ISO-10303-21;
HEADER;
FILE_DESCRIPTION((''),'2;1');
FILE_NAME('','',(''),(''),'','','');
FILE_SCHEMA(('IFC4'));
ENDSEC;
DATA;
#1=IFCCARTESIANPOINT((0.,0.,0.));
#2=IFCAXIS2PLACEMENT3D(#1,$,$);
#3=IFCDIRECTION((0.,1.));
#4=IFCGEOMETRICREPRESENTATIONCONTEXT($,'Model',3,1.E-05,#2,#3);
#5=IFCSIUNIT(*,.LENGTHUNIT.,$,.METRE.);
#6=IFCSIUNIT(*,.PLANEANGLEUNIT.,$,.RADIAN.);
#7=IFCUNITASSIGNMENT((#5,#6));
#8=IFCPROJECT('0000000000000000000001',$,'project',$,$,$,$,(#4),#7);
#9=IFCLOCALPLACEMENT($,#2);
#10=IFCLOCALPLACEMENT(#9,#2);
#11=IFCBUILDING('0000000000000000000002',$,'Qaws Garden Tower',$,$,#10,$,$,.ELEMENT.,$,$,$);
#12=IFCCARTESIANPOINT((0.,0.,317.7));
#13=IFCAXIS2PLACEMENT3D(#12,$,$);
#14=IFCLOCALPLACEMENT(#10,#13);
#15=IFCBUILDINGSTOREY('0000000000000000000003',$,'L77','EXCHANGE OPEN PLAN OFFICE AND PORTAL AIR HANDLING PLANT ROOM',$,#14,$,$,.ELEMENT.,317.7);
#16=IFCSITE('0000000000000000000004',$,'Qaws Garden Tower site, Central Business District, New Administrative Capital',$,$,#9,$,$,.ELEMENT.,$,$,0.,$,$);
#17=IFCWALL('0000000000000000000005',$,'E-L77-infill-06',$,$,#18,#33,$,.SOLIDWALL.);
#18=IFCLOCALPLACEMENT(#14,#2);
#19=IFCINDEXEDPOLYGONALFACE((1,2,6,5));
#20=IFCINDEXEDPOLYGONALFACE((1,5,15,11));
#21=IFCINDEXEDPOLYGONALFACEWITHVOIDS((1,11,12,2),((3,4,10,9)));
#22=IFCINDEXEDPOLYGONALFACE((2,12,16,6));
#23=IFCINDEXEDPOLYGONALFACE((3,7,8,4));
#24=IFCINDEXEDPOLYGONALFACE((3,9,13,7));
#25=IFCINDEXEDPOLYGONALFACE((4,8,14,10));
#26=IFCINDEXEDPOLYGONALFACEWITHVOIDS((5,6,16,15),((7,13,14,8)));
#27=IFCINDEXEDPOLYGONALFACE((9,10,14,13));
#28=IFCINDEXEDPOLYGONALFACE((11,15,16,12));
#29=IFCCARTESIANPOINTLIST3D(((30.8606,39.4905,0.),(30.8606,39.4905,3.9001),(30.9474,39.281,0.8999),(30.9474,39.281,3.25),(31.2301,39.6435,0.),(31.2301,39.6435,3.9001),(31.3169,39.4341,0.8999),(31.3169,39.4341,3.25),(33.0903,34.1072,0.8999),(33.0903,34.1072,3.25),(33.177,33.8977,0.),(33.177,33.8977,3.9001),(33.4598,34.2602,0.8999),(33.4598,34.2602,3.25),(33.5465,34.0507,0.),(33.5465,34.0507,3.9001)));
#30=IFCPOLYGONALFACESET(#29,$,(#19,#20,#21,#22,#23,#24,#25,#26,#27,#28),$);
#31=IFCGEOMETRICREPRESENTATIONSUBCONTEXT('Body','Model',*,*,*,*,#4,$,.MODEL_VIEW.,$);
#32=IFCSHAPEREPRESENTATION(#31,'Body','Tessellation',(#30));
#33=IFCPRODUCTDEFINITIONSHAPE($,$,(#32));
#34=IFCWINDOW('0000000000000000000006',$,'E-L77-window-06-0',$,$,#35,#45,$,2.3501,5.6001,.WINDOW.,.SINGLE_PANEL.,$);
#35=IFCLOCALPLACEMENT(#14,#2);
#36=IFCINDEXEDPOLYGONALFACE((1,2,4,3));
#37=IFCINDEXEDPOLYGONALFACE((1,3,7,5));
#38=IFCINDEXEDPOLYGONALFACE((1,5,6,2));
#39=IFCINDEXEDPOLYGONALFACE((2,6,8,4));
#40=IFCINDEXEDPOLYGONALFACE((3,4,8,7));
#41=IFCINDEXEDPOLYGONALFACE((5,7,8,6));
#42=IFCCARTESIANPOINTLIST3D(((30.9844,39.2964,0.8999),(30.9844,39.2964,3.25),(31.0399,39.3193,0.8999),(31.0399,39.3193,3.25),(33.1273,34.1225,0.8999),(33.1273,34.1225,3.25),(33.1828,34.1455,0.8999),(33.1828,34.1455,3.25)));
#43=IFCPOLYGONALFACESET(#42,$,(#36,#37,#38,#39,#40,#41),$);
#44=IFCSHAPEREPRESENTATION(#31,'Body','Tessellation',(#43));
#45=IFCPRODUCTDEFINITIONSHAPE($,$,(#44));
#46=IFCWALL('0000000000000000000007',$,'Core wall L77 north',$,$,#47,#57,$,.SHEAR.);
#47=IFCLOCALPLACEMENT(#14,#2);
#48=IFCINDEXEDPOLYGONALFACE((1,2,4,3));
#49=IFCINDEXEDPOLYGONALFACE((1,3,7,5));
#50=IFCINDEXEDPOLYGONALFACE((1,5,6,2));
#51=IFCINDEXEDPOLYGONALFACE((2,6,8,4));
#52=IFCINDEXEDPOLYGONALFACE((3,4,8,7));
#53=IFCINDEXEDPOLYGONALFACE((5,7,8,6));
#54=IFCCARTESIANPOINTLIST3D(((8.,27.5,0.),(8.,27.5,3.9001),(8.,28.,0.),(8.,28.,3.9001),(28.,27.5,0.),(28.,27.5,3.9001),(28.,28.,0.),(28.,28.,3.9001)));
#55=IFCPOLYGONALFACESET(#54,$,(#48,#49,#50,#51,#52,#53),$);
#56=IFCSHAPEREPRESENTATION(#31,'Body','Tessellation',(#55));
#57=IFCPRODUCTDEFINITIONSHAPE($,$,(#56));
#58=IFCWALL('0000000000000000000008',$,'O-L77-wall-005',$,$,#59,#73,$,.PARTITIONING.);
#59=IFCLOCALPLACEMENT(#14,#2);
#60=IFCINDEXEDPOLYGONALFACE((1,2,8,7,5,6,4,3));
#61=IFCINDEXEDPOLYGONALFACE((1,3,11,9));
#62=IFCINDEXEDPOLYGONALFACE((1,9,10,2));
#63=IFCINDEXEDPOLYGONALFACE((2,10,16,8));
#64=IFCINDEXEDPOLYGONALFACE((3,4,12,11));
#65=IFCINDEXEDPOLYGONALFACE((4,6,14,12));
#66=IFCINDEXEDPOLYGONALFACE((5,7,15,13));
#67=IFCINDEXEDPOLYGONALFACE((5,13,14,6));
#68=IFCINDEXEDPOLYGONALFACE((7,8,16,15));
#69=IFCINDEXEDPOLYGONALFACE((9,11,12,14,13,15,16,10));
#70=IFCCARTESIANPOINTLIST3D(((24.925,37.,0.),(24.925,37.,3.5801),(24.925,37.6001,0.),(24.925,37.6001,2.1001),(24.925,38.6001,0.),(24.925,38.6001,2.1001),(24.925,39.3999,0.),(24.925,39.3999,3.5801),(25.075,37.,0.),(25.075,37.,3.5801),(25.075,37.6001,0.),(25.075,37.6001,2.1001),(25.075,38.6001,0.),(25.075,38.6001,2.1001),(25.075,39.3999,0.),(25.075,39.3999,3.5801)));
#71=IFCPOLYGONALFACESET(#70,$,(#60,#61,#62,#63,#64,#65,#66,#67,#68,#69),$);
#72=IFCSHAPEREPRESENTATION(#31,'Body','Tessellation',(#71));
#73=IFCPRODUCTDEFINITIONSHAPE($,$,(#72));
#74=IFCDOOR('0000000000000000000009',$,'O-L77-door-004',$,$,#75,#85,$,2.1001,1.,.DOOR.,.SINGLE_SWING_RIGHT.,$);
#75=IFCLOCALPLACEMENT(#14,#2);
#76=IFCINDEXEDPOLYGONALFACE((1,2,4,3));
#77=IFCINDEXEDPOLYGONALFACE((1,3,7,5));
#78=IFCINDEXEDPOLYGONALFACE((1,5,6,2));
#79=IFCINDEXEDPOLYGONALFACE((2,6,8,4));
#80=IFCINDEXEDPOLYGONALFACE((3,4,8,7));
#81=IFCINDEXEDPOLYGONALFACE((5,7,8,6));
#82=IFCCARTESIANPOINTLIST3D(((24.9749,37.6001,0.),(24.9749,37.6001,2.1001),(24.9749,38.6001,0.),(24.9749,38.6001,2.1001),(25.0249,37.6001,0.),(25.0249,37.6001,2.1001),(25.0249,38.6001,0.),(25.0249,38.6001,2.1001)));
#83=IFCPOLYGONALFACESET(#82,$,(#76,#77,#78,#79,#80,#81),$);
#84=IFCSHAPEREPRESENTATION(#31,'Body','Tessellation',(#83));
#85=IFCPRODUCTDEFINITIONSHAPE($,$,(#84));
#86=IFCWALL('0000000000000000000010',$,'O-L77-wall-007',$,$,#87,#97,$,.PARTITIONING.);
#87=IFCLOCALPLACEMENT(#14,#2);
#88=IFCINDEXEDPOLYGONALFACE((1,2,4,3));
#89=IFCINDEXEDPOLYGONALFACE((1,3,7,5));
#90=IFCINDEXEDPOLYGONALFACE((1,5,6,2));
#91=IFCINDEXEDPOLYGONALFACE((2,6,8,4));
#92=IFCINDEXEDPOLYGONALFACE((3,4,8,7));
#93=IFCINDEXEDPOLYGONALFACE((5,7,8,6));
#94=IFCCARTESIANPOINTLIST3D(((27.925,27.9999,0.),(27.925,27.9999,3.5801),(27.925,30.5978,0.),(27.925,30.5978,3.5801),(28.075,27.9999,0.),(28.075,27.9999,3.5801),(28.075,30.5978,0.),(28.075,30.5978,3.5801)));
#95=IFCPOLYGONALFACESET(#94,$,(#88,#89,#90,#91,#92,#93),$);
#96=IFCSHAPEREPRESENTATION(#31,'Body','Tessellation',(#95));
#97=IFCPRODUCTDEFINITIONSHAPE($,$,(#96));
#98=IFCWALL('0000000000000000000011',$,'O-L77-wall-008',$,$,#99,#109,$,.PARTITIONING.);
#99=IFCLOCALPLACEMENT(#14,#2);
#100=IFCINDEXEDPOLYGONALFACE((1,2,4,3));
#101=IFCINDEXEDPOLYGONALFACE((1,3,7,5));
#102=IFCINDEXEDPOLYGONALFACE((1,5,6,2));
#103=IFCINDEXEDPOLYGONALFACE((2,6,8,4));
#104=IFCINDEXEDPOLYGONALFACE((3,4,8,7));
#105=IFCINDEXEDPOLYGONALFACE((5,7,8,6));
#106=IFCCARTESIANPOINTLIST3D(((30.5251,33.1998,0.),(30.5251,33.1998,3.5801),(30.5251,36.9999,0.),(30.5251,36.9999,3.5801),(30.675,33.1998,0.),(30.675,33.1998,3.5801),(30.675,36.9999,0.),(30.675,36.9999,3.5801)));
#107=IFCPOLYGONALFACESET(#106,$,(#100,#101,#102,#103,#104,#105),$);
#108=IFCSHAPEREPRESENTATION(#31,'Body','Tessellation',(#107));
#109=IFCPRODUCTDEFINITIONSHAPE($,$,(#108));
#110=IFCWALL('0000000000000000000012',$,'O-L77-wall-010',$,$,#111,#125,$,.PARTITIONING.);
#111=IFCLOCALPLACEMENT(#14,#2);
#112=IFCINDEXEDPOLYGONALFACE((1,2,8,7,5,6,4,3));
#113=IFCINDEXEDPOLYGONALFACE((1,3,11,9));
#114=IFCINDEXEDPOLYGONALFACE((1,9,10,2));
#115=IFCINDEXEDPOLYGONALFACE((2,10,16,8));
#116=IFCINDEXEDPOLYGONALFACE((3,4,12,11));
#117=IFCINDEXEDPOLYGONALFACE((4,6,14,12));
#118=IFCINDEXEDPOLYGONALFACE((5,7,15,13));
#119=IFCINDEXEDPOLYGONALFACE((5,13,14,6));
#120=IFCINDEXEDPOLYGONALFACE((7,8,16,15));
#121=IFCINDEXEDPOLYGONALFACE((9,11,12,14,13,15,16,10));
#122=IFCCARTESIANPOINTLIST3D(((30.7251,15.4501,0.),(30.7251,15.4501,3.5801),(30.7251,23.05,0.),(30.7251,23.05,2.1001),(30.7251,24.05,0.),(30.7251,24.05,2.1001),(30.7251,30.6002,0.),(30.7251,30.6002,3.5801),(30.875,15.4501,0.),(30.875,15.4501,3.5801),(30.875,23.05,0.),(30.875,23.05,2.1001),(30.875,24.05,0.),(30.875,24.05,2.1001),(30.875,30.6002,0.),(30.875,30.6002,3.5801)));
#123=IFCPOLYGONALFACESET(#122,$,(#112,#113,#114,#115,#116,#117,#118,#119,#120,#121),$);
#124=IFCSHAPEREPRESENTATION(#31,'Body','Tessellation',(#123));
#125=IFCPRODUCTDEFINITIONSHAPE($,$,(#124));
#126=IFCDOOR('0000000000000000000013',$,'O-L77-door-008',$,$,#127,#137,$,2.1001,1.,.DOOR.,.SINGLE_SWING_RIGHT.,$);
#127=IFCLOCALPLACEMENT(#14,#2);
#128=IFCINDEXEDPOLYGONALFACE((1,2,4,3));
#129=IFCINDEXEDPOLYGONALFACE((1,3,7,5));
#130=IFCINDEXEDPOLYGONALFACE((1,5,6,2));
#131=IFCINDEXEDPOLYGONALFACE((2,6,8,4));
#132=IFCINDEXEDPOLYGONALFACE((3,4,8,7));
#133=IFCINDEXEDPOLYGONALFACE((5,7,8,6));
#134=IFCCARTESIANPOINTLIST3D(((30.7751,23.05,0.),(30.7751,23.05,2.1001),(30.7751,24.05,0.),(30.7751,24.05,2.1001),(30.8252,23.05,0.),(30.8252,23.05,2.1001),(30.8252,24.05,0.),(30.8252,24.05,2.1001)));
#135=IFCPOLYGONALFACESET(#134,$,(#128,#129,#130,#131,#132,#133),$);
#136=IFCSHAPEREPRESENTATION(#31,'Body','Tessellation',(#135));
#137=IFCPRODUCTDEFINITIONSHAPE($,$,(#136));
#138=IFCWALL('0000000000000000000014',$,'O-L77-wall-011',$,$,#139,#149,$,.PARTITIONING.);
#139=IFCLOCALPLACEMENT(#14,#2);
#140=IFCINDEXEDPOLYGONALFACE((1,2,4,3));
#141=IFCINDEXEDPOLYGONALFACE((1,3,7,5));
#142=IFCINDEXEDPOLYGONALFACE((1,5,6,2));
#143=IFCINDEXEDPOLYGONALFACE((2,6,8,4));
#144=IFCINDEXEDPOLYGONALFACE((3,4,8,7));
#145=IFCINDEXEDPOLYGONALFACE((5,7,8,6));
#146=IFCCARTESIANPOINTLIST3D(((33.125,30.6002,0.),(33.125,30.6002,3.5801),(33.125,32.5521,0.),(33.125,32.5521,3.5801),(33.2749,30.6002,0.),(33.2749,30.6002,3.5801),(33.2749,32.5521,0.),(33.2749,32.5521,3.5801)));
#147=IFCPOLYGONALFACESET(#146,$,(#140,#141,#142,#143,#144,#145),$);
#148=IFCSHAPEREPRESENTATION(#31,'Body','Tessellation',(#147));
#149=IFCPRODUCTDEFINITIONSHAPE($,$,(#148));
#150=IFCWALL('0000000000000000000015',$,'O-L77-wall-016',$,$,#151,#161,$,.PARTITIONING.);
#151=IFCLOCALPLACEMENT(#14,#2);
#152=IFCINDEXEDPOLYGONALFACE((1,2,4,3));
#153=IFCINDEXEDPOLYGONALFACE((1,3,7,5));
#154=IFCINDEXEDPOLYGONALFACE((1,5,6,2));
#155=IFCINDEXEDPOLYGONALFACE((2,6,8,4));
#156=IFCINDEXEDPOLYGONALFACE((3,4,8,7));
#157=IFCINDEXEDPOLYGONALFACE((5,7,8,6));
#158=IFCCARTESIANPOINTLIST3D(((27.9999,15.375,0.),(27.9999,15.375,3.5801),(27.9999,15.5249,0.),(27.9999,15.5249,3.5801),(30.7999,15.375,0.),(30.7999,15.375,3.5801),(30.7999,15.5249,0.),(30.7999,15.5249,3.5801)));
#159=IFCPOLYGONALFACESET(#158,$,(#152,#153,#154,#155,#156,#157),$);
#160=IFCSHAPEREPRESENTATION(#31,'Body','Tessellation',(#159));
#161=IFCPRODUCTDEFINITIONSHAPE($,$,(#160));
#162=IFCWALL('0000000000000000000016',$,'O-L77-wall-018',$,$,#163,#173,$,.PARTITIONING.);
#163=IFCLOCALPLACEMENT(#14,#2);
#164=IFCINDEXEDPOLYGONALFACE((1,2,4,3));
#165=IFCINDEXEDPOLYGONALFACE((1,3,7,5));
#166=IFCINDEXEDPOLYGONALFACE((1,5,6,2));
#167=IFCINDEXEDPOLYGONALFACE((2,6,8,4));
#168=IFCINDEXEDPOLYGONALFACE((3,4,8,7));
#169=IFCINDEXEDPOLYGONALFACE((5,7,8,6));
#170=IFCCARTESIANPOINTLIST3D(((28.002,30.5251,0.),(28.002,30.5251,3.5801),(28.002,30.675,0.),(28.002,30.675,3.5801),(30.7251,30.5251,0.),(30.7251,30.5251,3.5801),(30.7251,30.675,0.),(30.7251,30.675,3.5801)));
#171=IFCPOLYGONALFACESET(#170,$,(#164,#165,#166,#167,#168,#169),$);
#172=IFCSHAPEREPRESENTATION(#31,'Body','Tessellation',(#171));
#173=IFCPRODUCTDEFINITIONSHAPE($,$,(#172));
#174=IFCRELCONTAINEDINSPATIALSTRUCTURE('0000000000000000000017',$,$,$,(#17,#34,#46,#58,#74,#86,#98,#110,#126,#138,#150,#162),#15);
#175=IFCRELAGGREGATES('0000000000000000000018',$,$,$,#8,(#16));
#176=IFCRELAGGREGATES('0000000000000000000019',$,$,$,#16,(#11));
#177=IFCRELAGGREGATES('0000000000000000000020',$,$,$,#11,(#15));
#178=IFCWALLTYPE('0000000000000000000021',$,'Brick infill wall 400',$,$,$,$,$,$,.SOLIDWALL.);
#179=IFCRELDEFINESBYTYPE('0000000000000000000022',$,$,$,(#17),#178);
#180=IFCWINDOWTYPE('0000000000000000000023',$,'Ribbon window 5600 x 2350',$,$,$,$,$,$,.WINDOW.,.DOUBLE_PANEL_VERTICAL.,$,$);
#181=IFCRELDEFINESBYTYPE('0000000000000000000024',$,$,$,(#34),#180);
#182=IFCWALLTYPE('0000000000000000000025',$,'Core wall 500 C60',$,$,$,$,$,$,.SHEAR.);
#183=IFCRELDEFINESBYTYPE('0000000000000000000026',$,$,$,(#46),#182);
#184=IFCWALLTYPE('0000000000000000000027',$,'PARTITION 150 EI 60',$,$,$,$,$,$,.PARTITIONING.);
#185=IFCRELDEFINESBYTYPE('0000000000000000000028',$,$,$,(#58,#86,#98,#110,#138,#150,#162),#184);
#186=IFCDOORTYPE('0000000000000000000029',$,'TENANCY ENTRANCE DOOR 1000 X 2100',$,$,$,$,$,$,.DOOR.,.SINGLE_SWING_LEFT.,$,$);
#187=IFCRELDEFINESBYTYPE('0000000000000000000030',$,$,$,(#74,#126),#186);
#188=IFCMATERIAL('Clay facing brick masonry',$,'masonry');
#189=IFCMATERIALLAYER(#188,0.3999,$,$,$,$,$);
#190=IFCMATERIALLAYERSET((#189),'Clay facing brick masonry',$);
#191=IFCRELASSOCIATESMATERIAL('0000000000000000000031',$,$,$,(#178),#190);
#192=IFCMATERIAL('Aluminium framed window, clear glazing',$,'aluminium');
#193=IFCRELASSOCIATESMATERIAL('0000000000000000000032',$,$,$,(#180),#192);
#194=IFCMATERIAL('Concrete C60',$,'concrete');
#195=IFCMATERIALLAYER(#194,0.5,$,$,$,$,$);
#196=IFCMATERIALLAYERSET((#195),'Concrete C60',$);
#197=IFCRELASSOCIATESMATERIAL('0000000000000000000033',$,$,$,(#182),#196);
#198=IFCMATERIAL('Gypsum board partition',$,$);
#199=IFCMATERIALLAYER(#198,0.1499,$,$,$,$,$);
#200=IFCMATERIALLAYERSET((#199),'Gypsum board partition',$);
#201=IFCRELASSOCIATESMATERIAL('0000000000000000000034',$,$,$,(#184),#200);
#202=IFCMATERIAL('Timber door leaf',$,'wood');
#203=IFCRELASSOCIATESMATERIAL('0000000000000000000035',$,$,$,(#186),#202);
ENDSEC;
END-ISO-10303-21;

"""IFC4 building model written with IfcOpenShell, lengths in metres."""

from ifc_helpers import new_model, si_unit, direction, frame, frame_2d, origin, place, context, subcontext, project, spatial, rectangle, extrude, material, layer, layer_set, type_object, element, fill, save


model = new_model("IFC4")

# Units and contexts
model_context = context("Model", 3, precision=1e-05, world=origin(), true_north=direction((0.0, 1.0)))
body_context = subcontext(model_context, "Body", "Model", "MODEL_VIEW")
ifc_project = project(units=[si_unit("LENGTHUNIT", "METRE"), si_unit("PLANEANGLEUNIT", "RADIAN")], contexts=[model_context])

# Site, building, storey
site_placement = place(None, origin())
site = spatial("IfcSite", under=ifc_project, at=site_placement, Name="Qaws Garden Tower site, Central Business District, New Administrative Capital", CompositionType="ELEMENT", RefElevation=0.0)
building_placement = place(site_placement, origin())
building = spatial("IfcBuilding", under=site, at=building_placement, Name="Qaws Garden Tower", CompositionType="ELEMENT")
storey_placement = place(building_placement, frame((0.0, 0.0, 317.7)))
storey = spatial("IfcBuildingStorey", under=building, at=storey_placement, Name="L77", Description="EXCHANGE OPEN PLAN OFFICE AND PORTAL AIR HANDLING PLANT ROOM", CompositionType="ELEMENT", Elevation=317.7)

# Wall, opening, window
ifc_material_1 = material(Name="Clay facing brick masonry", Category="masonry")
ifc_layer_1 = layer(ifc_material_1, 0.3999)
ifc_layer_set_1 = layer_set([ifc_layer_1], Name="Clay facing brick masonry")
wall_type_1 = type_object("IfcWallType", Name="Brick infill wall 400", PredefinedType="SOLIDWALL", material=ifc_layer_set_1)
ifc_material_2 = material(Name="Aluminium framed window, clear glazing", Category="aluminium")
window_type = type_object("IfcWindowType", Name="Ribbon window 5600 x 2350", PartitioningType="DOUBLE_PANEL_VERTICAL", PredefinedType="WINDOW", material=ifc_material_2)
wall_1_placement = place(storey_placement, frame((33.3618, 33.9741, 0.0), z_axis=(0.0, 0.0, 1.0), x_axis=(-0.382656, 0.923891, 0.0)))
wall_1 = element("IfcWall", 1, at=wall_1_placement, inside=storey, type_object=wall_type_1, Name="E-L77-infill-06", PredefinedType="SOLIDWALL", context=body_context, shape_type="SweptSolid", body=[
    extrude(rectangle(XDim=6.0535, YDim=0.3999, at=frame_2d((3.0269, 0.0))), origin(), (0.0, 0.0, 1.0), 3.9001),
])
opening_1_placement = place(wall_1_placement, frame((0.2268, 0.0, 0.8999)))
opening_1 = element("IfcOpeningElement", 2, at=opening_1_placement, cuts=wall_1, PredefinedType="OPENING", context=body_context, shape_type="SweptSolid", body=[
    extrude(rectangle(XDim=5.6001, YDim=2.3501, at=frame_2d((2.8, 1.175))), frame((0.0, 0.21, 0.0), z_axis=(0.0, -1.0, 0.0), x_axis=(1.0, 0.0, 0.0)), (0.0, 0.0, 1.0), 0.4199),
])
window_1_placement = place(opening_1_placement, origin())
window_1 = element("IfcWindow", 3, at=window_1_placement, inside=storey, type_object=window_type, Name="E-L77-window-06-0", OverallHeight=2.3501, OverallWidth=5.6001, PartitioningType="SINGLE_PANEL", PredefinedType="WINDOW", context=body_context, shape_type="SweptSolid", body=[
    extrude(rectangle(XDim=5.6001, YDim=2.3501, at=frame_2d((2.8, 1.175))), frame((0.0, 0.1599, 0.0), z_axis=(0.0, -1.0, 0.0), x_axis=(1.0, 0.0, 0.0)), (0.0, 0.0, 1.0), 0.0601),
])
fill(opening_1, window_1)

# Wall
ifc_material_3 = material(Name="Concrete C60", Category="concrete")
ifc_layer_2 = layer(ifc_material_3, 0.5)
ifc_layer_set_2 = layer_set([ifc_layer_2], Name="Concrete C60")
wall_type_2 = type_object("IfcWallType", Name="Core wall 500 C60", PredefinedType="SHEAR", material=ifc_layer_set_2)
wall_2_placement = place(storey_placement, frame((28.0, 27.75, 0.0), z_axis=(0.0, 0.0, 1.0), x_axis=(-1.0, 0.0, 0.0)))
element("IfcWall", 4, at=wall_2_placement, inside=storey, type_object=wall_type_2, Name="Core wall L77 north", PredefinedType="SHEAR", context=body_context, shape_type="SweptSolid", body=[
    extrude(rectangle(XDim=20.0, YDim=0.5, at=frame_2d((10.0, 0.0))), origin(), (0.0, 0.0, 1.0), 3.9001),
])

# Wall, opening, door
ifc_material_4 = material(Name="Gypsum board partition")
ifc_layer_3 = layer(ifc_material_4, 0.1499)
ifc_layer_set_3 = layer_set([ifc_layer_3], Name="Gypsum board partition")
wall_type_3 = type_object("IfcWallType", Name="PARTITION 150 EI 60", PredefinedType="PARTITIONING", material=ifc_layer_set_3)
wall_3_placement = place(storey_placement, frame((25.0, 37.0, 0.0), z_axis=(0.0, 0.0, 1.0), x_axis=(0.0, 1.0, 0.0)))
wall_3 = element("IfcWall", 5, at=wall_3_placement, inside=storey, type_object=wall_type_3, Name="O-L77-wall-005", PredefinedType="PARTITIONING", context=body_context, shape_type="SweptSolid", body=[
    extrude(rectangle(XDim=2.3999, YDim=0.1499, at=frame_2d((1.2, 0.0))), origin(), (0.0, 0.0, 1.0), 3.5801),
])
opening_2_placement = place(wall_3_placement, frame((0.6001, 0.0, 0.0)))
opening_2 = element("IfcOpeningElement", 6, at=opening_2_placement, cuts=wall_3, PredefinedType="OPENING", context=body_context, shape_type="SweptSolid", body=[
    extrude(rectangle(XDim=1.0, YDim=2.1001, at=frame_2d((0.5, 1.05))), frame((0.0, 0.085, 0.0), z_axis=(0.0, -1.0, 0.0), x_axis=(1.0, 0.0, 0.0)), (0.0, 0.0, 1.0), 0.1699),
])
ifc_material_5 = material(Name="Timber door leaf", Category="wood")
door_type = type_object("IfcDoorType", Name="TENANCY ENTRANCE DOOR 1000 X 2100", OperationType="SINGLE_SWING_LEFT", PredefinedType="DOOR", material=ifc_material_5)
door_1_placement = place(opening_2_placement, frame((1.0, 0.0, 0.0), z_axis=(0.0, 0.0, 1.0), x_axis=(-1.0, 0.0, 0.0)))
door_1 = element("IfcDoor", 7, at=door_1_placement, inside=storey, type_object=door_type, Name="O-L77-door-004", OperationType="SINGLE_SWING_RIGHT", OverallHeight=2.1001, OverallWidth=1.0, PredefinedType="DOOR", context=body_context, shape_type="SweptSolid", body=[
    extrude(rectangle(XDim=1.0, YDim=2.1001, at=frame_2d((0.5, 1.05))), frame((0.0, 0.0249, 0.0), z_axis=(0.0, -1.0, 0.0), x_axis=(1.0, 0.0, 0.0)), (0.0, 0.0, 1.0), 0.05),
])
fill(opening_2, door_1)

# Walls
wall_4_placement = place(storey_placement, frame((28.0, 28.0, 0.0), z_axis=(0.0, 0.0, 1.0), x_axis=(0.0, 1.0, 0.0)))
element("IfcWall", 8, at=wall_4_placement, inside=storey, type_object=wall_type_3, Name="O-L77-wall-007", PredefinedType="PARTITIONING", context=body_context, shape_type="SweptSolid", body=[
    extrude(rectangle(XDim=2.5979, YDim=0.1499, at=frame_2d((1.2988, 0.0))), origin(), (0.0, 0.0, 1.0), 3.5801),
])
wall_5_placement = place(storey_placement, frame((30.6001, 33.2, 0.0), z_axis=(0.0, 0.0, 1.0), x_axis=(0.0, 1.0, 0.0)))
element("IfcWall", 9, at=wall_5_placement, inside=storey, type_object=wall_type_3, Name="O-L77-wall-008", PredefinedType="PARTITIONING", context=body_context, shape_type="SweptSolid", body=[
    extrude(rectangle(XDim=3.8, YDim=0.1499, at=frame_2d((1.8999, 0.0))), origin(), (0.0, 0.0, 1.0), 3.5801),
])

# Wall, opening, door
wall_6_placement = place(storey_placement, frame((30.8, 15.45, 0.0), z_axis=(0.0, 0.0, 1.0), x_axis=(0.0, 1.0, 0.0)))
wall_6 = element("IfcWall", 10, at=wall_6_placement, inside=storey, type_object=wall_type_3, Name="O-L77-wall-010", PredefinedType="PARTITIONING", context=body_context, shape_type="SweptSolid", body=[
    extrude(rectangle(XDim=15.1501, YDim=0.1499, at=frame_2d((7.5752, 0.0))), origin(), (0.0, 0.0, 1.0), 3.5801),
])
opening_3_placement = place(wall_6_placement, frame((7.6001, 0.0, 0.0)))
opening_3 = element("IfcOpeningElement", 11, at=opening_3_placement, cuts=wall_6, PredefinedType="OPENING", context=body_context, shape_type="SweptSolid", body=[
    extrude(rectangle(XDim=1.0, YDim=2.1001, at=frame_2d((0.5, 1.05))), frame((0.0, 0.085, 0.0), z_axis=(0.0, -1.0, 0.0), x_axis=(1.0, 0.0, 0.0)), (0.0, 0.0, 1.0), 0.1699),
])
door_2_placement = place(opening_3_placement, origin())
door_2 = element("IfcDoor", 12, at=door_2_placement, inside=storey, type_object=door_type, Name="O-L77-door-008", OperationType="SINGLE_SWING_RIGHT", OverallHeight=2.1001, OverallWidth=1.0, PredefinedType="DOOR", context=body_context, shape_type="SweptSolid", body=[
    extrude(rectangle(XDim=1.0, YDim=2.1001, at=frame_2d((0.5, 1.05))), frame((0.0, 0.0249, 0.0), z_axis=(0.0, -1.0, 0.0), x_axis=(1.0, 0.0, 0.0)), (0.0, 0.0, 1.0), 0.05),
])
fill(opening_3, door_2)

# Walls
wall_7_placement = place(storey_placement, frame((33.2, 30.6001, 0.0), z_axis=(0.0, 0.0, 1.0), x_axis=(0.0, 1.0, 0.0)))
element("IfcWall", 13, at=wall_7_placement, inside=storey, type_object=wall_type_3, Name="O-L77-wall-011", PredefinedType="PARTITIONING", context=body_context, shape_type="SweptSolid", body=[
    extrude(rectangle(XDim=1.9519, YDim=0.1499, at=frame_2d((0.9761, 0.0))), origin(), (0.0, 0.0, 1.0), 3.5801),
])
wall_8_placement = place(storey_placement, frame((28.0, 15.45, 0.0), z_axis=(0.0, 0.0, 1.0), x_axis=(1.0, 0.0, 0.0)))
element("IfcWall", 14, at=wall_8_placement, inside=storey, type_object=wall_type_3, Name="O-L77-wall-016", PredefinedType="PARTITIONING", context=body_context, shape_type="SweptSolid", body=[
    extrude(rectangle(XDim=2.8, YDim=0.1499, at=frame_2d((1.3999, 0.0))), origin(), (0.0, 0.0, 1.0), 3.5801),
])
wall_9_placement = place(storey_placement, frame((28.002, 30.6001, 0.0), z_axis=(0.0, 0.0, 1.0), x_axis=(1.0, 0.0, 0.0)))
element("IfcWall", 15, at=wall_9_placement, inside=storey, type_object=wall_type_3, Name="O-L77-wall-018", PredefinedType="PARTITIONING", context=body_context, shape_type="SweptSolid", body=[
    extrude(rectangle(XDim=2.7231, YDim=0.1499, at=frame_2d((1.3616, 0.0))), origin(), (0.0, 0.0, 1.0), 3.5801),
])

save(model, "model.ifc")
